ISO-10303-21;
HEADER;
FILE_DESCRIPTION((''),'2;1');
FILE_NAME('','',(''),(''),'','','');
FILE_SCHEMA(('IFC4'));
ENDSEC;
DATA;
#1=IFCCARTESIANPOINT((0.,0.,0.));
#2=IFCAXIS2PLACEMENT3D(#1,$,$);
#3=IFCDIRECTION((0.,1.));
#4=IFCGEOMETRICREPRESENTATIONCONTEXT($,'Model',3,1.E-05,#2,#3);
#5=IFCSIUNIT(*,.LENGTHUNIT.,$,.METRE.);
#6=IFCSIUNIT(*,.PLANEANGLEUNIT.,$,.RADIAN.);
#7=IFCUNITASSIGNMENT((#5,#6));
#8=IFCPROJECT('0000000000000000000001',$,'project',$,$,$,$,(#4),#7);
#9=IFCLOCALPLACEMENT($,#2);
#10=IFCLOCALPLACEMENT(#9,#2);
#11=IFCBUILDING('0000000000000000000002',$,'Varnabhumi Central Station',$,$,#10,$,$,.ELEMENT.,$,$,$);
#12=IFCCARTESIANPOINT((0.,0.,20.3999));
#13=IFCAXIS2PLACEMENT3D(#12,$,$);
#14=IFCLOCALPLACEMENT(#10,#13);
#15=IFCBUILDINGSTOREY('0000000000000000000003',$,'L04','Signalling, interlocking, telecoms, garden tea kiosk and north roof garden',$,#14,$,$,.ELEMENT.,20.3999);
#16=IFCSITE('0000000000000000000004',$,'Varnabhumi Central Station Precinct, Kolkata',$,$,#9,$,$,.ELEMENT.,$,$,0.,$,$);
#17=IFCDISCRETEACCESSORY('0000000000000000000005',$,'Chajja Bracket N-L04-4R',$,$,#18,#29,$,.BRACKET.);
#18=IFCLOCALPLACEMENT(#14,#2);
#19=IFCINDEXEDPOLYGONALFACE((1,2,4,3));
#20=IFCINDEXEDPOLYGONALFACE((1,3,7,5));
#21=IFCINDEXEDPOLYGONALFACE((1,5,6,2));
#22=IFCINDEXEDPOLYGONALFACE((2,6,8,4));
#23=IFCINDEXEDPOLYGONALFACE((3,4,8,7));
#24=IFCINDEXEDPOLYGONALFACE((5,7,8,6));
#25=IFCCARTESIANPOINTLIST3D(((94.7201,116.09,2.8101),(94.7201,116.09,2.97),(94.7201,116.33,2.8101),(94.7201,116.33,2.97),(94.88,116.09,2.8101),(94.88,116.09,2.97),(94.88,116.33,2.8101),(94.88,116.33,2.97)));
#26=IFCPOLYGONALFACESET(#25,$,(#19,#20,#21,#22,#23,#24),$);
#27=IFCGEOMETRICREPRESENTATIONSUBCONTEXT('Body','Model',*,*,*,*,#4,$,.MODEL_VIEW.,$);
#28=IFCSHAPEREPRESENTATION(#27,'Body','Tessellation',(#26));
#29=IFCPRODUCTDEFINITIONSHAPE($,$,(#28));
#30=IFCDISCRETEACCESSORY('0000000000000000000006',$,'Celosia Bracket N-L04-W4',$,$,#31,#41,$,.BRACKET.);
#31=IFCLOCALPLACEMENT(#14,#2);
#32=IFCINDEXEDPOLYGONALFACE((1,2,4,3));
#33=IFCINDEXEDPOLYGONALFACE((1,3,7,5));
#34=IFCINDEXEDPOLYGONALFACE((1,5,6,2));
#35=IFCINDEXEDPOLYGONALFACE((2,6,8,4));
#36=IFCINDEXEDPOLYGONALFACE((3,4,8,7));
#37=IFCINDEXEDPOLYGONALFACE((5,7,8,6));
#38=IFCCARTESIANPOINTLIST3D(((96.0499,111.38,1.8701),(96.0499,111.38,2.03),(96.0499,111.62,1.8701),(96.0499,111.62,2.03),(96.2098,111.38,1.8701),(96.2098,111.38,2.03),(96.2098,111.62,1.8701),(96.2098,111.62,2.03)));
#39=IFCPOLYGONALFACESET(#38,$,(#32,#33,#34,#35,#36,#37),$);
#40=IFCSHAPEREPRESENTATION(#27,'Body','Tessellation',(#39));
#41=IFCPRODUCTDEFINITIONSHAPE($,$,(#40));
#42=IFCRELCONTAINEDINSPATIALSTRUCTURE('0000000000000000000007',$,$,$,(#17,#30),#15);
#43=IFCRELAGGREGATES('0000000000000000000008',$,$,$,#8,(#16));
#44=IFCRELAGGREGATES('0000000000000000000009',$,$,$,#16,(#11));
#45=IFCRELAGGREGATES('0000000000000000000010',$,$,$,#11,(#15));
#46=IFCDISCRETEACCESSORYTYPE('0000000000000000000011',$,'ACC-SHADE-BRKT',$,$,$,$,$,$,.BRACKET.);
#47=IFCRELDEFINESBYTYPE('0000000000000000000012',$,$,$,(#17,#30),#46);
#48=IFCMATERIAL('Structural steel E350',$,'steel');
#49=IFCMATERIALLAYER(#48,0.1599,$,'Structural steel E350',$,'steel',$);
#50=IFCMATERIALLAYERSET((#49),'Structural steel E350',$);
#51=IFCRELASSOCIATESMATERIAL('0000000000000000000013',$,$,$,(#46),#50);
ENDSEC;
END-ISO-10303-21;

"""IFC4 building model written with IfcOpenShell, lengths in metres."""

from ifc_helpers import new_model, si_unit, direction, frame, origin, origin_2d, place, context, subcontext, project, spatial, rectangle, extrude, material, layer, layer_set, type_object, element, save


model = new_model("IFC4")

# Units and contexts
model_context = context("Model", 3, precision=1e-05, world=origin(), true_north=direction((0.0, 1.0)))
body_context = subcontext(model_context, "Body", "Model", "MODEL_VIEW")
ifc_project = project(units=[si_unit("LENGTHUNIT", "METRE"), si_unit("PLANEANGLEUNIT", "RADIAN")], contexts=[model_context])

# Site, building, storey
site_placement = place(None, origin())
site = spatial("IfcSite", under=ifc_project, at=site_placement, Name="Varnabhumi Central Station Precinct, Kolkata", CompositionType="ELEMENT", RefElevation=0.0)
building_placement = place(site_placement, origin())
building = spatial("IfcBuilding", under=site, at=building_placement, Name="Varnabhumi Central Station", CompositionType="ELEMENT")
storey_placement = place(building_placement, frame((0.0, 0.0, 20.3999)))
storey = spatial("IfcBuildingStorey", under=building, at=storey_placement, Name="L04", Description="Signalling, interlocking, telecoms, garden tea kiosk and north roof garden", CompositionType="ELEMENT", Elevation=20.3999)

# Shared definitions
ifc_material_1 = material(Name="Structural steel E350", Category="steel")

# Discrete accessories
ifc_layer_1 = layer(ifc_material_1, 0.1599, Name="Structural steel E350", Category="steel")
ifc_layer_set_1 = layer_set([ifc_layer_1], Name="Structural steel E350")
discrete_accessory_type = type_object("IfcDiscreteAccessoryType", Name="ACC-SHADE-BRKT", PredefinedType="BRACKET", material=ifc_layer_set_1)
for number, where, z_axis, x_axis, name in (
    (1, (94.8, 116.21, 2.8101), (0.0, 0.0, 1.0), (1.0, 0.0, 0.0), "Chajja Bracket N-L04-4R"),
    (2, (96.1299, 111.5, 1.8701), (0.0, 0.0, 1.0), (1.0, 0.0, 0.0), "Celosia Bracket N-L04-W4"),
):
    element("IfcDiscreteAccessory", number, at=place(storey_placement, frame(where, z_axis=z_axis, x_axis=x_axis)), inside=storey, type_object=discrete_accessory_type, Name=name, PredefinedType="BRACKET", context=body_context, shape_type="SweptSolid", body=[
        extrude(rectangle(XDim=0.1599, YDim=0.24, at=origin_2d()), origin(), (0.0, 0.0, 1.0), 0.1599),
    ])

save(model, "model.ifc")
